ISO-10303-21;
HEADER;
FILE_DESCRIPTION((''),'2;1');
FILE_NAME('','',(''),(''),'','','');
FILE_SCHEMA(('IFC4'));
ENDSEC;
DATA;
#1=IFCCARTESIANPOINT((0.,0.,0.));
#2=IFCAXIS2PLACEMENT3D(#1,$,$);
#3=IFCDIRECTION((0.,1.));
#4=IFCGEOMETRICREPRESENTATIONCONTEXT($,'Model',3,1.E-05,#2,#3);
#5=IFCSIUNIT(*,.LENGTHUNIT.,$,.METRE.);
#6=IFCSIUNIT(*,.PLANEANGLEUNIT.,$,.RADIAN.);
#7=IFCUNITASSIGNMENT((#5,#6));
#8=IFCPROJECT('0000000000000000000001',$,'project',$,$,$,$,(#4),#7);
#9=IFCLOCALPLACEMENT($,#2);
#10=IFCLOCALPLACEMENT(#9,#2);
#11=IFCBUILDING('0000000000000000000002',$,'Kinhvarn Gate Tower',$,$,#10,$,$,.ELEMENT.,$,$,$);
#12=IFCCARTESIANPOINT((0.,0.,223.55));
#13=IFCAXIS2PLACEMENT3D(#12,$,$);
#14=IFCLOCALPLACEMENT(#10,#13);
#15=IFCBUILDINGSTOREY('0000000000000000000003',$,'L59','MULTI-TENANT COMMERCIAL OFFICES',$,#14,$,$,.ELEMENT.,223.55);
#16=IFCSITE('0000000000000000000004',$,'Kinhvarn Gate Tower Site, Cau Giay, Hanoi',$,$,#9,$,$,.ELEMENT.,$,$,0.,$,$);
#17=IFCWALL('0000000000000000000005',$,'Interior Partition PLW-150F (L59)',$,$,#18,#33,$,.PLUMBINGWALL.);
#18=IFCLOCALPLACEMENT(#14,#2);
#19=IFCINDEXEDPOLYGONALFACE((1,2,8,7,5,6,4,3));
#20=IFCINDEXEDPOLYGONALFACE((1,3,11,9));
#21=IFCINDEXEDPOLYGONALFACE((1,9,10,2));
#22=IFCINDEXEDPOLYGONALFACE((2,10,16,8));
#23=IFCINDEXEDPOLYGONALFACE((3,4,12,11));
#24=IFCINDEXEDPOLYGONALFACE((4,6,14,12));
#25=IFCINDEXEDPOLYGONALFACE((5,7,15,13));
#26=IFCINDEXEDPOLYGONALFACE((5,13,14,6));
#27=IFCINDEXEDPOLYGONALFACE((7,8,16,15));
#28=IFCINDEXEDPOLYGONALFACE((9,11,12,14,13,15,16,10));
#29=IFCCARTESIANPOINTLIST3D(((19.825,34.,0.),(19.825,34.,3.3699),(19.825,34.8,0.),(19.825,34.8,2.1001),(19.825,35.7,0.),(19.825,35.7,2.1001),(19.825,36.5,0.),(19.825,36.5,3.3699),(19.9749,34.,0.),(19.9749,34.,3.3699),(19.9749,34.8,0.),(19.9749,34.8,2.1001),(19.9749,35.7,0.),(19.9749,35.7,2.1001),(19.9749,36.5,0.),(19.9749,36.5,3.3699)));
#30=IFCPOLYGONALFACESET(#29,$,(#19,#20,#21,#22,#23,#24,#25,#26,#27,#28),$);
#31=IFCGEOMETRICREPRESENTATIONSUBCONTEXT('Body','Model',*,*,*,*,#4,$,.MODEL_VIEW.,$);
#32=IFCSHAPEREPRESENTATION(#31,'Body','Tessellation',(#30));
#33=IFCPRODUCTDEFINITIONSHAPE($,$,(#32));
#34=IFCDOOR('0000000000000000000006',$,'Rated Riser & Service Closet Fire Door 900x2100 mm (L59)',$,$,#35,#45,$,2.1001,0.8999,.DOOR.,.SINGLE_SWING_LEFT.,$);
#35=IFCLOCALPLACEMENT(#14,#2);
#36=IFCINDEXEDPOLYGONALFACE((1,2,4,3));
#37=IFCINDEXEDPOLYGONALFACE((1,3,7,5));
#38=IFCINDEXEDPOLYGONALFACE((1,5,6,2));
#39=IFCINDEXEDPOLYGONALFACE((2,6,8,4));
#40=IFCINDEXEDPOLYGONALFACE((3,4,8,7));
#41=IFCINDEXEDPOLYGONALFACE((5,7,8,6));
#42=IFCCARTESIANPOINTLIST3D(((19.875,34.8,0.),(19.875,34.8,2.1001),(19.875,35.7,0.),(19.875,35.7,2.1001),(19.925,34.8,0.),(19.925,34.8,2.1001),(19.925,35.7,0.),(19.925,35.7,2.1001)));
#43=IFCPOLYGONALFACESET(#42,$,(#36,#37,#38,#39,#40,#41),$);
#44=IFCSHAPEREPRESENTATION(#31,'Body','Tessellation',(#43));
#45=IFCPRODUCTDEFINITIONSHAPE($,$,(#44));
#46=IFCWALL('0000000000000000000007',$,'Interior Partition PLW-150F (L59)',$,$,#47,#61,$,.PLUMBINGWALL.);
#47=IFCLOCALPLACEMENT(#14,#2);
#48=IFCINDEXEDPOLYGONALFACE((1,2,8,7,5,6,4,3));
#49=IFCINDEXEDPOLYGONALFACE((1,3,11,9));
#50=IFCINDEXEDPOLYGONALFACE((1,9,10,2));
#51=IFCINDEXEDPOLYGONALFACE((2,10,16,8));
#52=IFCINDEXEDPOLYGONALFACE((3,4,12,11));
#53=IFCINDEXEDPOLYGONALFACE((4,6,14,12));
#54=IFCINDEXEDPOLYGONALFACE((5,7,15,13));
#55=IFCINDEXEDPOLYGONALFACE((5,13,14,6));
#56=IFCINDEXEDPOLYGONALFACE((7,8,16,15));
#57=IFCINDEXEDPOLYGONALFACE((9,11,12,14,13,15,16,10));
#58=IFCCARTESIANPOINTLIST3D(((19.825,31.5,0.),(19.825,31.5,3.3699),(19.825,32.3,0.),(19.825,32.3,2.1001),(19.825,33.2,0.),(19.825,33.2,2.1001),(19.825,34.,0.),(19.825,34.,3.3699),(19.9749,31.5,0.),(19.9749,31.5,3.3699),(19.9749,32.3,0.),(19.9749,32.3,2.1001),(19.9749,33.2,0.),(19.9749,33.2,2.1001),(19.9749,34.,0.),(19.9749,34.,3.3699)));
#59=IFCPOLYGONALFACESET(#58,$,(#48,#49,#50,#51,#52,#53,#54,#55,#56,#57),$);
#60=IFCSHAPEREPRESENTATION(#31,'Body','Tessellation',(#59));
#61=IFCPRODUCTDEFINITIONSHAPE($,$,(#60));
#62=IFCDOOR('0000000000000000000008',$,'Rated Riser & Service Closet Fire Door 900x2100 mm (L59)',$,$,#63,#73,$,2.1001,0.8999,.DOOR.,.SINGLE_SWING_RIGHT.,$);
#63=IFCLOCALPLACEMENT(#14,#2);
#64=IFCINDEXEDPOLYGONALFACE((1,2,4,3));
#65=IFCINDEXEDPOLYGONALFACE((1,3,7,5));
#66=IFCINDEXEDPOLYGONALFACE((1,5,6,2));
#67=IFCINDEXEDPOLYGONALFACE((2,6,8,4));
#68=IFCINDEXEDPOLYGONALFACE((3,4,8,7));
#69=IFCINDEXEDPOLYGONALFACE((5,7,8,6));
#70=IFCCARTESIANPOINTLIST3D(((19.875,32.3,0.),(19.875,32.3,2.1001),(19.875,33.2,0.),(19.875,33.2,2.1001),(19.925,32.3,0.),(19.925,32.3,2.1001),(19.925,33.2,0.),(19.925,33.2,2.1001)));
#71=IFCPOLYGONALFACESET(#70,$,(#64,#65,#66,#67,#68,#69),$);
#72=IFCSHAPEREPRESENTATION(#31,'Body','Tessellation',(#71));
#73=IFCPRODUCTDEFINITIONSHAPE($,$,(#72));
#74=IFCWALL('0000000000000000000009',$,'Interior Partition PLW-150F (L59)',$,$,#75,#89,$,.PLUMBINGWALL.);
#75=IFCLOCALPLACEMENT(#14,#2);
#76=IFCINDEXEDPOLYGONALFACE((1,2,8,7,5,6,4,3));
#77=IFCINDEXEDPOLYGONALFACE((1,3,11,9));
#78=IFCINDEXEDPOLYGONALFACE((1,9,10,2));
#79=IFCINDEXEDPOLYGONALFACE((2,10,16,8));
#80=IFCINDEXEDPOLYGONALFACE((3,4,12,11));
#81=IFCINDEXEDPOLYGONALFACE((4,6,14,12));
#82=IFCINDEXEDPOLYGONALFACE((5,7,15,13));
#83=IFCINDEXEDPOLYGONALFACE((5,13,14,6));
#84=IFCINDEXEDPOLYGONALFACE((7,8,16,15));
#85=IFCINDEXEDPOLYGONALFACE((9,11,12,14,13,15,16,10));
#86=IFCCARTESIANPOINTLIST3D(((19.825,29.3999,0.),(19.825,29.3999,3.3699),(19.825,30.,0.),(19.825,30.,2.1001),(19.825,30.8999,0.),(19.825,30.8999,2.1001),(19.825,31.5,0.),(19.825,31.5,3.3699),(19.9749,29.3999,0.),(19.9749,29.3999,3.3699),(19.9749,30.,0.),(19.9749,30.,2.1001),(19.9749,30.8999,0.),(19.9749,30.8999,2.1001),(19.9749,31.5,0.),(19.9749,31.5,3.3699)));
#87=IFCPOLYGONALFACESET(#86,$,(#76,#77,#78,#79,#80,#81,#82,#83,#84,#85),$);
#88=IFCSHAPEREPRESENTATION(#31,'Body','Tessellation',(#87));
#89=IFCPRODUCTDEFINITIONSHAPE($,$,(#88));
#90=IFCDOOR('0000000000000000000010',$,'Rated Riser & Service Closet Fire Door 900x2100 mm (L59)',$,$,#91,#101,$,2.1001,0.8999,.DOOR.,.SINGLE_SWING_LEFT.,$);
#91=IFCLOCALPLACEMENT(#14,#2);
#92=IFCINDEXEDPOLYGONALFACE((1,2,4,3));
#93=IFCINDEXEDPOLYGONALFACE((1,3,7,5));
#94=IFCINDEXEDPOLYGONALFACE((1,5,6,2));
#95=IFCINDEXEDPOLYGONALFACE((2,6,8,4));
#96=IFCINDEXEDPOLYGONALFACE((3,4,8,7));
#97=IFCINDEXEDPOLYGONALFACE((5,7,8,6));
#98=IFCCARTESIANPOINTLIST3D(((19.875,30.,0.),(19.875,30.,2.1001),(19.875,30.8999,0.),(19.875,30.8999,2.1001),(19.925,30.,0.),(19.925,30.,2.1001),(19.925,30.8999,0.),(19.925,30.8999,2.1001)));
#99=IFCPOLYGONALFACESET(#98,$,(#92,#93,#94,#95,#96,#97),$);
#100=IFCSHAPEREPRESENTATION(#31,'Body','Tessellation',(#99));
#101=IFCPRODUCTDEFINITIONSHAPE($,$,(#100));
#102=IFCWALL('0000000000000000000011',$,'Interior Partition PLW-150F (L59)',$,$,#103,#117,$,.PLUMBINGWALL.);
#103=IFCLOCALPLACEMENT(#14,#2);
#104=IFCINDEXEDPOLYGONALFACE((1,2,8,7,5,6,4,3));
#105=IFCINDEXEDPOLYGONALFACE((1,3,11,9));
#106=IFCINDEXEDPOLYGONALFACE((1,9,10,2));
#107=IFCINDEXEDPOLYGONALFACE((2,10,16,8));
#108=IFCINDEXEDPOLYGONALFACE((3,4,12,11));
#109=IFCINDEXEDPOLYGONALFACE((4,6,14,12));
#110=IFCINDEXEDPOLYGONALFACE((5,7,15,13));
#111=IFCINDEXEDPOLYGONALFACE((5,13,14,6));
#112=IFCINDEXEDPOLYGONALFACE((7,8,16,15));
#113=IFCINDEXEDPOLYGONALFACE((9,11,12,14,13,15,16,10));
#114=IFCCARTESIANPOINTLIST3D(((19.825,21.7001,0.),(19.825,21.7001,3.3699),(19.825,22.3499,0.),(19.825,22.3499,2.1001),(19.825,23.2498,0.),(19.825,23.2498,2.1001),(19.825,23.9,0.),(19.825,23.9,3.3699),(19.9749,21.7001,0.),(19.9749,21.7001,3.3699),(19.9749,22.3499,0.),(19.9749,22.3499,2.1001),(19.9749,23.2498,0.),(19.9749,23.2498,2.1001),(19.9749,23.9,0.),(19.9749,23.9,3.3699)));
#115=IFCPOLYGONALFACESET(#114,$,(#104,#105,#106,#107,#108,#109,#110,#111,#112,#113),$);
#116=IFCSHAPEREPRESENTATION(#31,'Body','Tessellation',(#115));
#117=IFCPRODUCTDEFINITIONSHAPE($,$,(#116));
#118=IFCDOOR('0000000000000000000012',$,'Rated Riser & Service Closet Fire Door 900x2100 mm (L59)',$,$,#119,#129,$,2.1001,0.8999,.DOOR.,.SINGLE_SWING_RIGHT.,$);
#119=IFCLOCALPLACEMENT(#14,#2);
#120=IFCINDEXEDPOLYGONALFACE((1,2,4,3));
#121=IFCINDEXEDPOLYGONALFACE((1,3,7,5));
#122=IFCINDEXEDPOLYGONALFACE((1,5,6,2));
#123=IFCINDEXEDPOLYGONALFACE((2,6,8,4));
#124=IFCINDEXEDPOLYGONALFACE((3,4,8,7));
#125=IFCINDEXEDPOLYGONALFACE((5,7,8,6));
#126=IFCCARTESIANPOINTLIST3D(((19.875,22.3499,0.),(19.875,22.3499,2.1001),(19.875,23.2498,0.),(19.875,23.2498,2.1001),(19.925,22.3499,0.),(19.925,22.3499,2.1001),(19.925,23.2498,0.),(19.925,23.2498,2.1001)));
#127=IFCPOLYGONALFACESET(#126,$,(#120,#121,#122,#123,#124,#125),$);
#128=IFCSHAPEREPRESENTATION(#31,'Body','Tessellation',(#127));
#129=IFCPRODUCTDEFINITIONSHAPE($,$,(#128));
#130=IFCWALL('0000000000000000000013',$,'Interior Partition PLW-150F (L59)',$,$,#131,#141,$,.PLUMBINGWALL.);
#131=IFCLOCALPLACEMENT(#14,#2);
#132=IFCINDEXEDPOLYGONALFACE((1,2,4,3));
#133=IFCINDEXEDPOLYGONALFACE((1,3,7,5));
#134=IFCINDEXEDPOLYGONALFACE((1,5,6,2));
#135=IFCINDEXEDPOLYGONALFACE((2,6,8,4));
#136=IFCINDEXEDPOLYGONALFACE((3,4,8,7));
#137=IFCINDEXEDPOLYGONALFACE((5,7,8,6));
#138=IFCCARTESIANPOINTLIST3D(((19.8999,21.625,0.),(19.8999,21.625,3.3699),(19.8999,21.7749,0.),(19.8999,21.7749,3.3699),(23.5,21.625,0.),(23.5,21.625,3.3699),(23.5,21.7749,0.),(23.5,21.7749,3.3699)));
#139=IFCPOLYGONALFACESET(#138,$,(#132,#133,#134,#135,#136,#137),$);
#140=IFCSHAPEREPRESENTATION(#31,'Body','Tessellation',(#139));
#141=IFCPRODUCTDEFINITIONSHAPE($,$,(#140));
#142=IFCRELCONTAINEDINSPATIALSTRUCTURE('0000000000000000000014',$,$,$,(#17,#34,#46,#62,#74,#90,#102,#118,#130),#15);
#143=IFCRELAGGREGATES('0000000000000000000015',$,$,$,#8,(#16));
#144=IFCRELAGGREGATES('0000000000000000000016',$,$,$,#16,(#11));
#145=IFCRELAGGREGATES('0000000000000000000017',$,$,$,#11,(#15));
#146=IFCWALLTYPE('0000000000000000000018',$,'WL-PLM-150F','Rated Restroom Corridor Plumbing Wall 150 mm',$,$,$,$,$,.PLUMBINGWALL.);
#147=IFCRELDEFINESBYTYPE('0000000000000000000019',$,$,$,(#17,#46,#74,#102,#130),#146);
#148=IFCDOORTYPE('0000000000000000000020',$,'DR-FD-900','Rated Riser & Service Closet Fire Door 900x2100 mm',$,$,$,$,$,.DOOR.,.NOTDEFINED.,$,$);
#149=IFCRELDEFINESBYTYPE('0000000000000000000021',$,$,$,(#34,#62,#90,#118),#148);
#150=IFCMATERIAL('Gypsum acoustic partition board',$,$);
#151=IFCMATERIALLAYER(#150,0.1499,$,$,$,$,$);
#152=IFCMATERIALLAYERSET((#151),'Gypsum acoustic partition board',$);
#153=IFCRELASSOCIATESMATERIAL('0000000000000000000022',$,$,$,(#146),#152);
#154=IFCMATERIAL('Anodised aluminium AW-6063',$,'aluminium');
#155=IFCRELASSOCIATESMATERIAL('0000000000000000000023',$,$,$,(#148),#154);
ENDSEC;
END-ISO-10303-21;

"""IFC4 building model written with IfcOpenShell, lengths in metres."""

from ifc_helpers import new_model, si_unit, direction, frame, frame_2d, origin, place, context, subcontext, project, spatial, rectangle, extrude, material, layer, layer_set, type_object, element, fill, save


model = new_model("IFC4")

# Units and contexts
model_context = context("Model", 3, precision=1e-05, world=origin(), true_north=direction((0.0, 1.0)))
body_context = subcontext(model_context, "Body", "Model", "MODEL_VIEW")
ifc_project = project(units=[si_unit("LENGTHUNIT", "METRE"), si_unit("PLANEANGLEUNIT", "RADIAN")], contexts=[model_context])

# Site, building, storey
site_placement = place(None, origin())
site = spatial("IfcSite", under=ifc_project, at=site_placement, Name="Kinhvarn Gate Tower Site, Cau Giay, Hanoi", CompositionType="ELEMENT", RefElevation=0.0)
building_placement = place(site_placement, origin())
building = spatial("IfcBuilding", under=site, at=building_placement, Name="Kinhvarn Gate Tower", CompositionType="ELEMENT")
storey_placement = place(building_placement, frame((0.0, 0.0, 223.55)))
storey = spatial("IfcBuildingStorey", under=building, at=storey_placement, Name="L59", Description="MULTI-TENANT COMMERCIAL OFFICES", CompositionType="ELEMENT", Elevation=223.55)

# Shared definitions
ifc_material_1 = material(Name="Anodised aluminium AW-6063", Category="aluminium")

# Shared definitions
ifc_material_2 = material(Name="Gypsum acoustic partition board")

# Walls, openings, doors
ifc_layer_1 = layer(ifc_material_2, 0.1499)
ifc_layer_set_1 = layer_set([ifc_layer_1], Name="Gypsum acoustic partition board")
wall_type_1 = type_object("IfcWallType", Name="WL-PLM-150F", Description="Rated Restroom Corridor Plumbing Wall 150 mm", PredefinedType="PLUMBINGWALL", material=ifc_layer_set_1)
wall_1_placement = place(storey_placement, frame((19.8999, 34.0, 0.0), z_axis=(0.0, 0.0, 1.0), x_axis=(0.0, 1.0, 0.0)))
wall_1 = element("IfcWall", 1, at=wall_1_placement, inside=storey, type_object=wall_type_1, Name="Interior Partition PLW-150F (L59)", PredefinedType="PLUMBINGWALL", context=body_context, shape_type="SweptSolid", body=[
    extrude(rectangle(XDim=2.5, YDim=0.1499, at=frame_2d((1.25, 0.0))), origin(), (0.0, 0.0, 1.0), 3.3699),
])
opening_1_placement = place(wall_1_placement, frame((0.8, 0.0, 0.0)))
opening_1 = element("IfcOpeningElement", 2, at=opening_1_placement, cuts=wall_1, PredefinedType="OPENING", context=body_context, shape_type="SweptSolid", body=[
    extrude(rectangle(XDim=0.8999, YDim=2.1001, at=frame_2d((0.45, 1.05))), frame((0.0, 0.085, 0.0), z_axis=(0.0, -1.0, 0.0), x_axis=(1.0, 0.0, 0.0)), (0.0, 0.0, 1.0), 0.1699),
])
door_type_1 = type_object("IfcDoorType", Name="DR-FD-900", Description="Rated Riser & Service Closet Fire Door 900x2100 mm", OperationType="NOTDEFINED", PredefinedType="DOOR", material=ifc_material_1)
door_1_placement = place(opening_1_placement, origin())
door_1 = element("IfcDoor", 3, at=door_1_placement, inside=storey, type_object=door_type_1, Name="Rated Riser & Service Closet Fire Door 900x2100 mm (L59)", OperationType="SINGLE_SWING_LEFT", OverallHeight=2.1001, OverallWidth=0.8999, PredefinedType="DOOR", context=body_context, shape_type="SweptSolid", body=[
    extrude(rectangle(XDim=0.8999, YDim=2.1001, at=frame_2d((0.45, 1.05))), frame((0.0, 0.0249, 0.0), z_axis=(0.0, -1.0, 0.0), x_axis=(1.0, 0.0, 0.0)), (0.0, 0.0, 1.0), 0.05),
])
fill(opening_1, door_1)
wall_2_placement = place(storey_placement, frame((19.8999, 31.5, 0.0), z_axis=(0.0, 0.0, 1.0), x_axis=(0.0, 1.0, 0.0)))
wall_2 = element("IfcWall", 4, at=wall_2_placement, inside=storey, type_object=wall_type_1, Name="Interior Partition PLW-150F (L59)", PredefinedType="PLUMBINGWALL", context=body_context, shape_type="SweptSolid", body=[
    extrude(rectangle(XDim=2.5, YDim=0.1499, at=frame_2d((1.25, 0.0))), origin(), (0.0, 0.0, 1.0), 3.3699),
])
opening_2_placement = place(wall_2_placement, frame((0.8, 0.0, 0.0)))
opening_2 = element("IfcOpeningElement", 5, at=opening_2_placement, cuts=wall_2, PredefinedType="OPENING", context=body_context, shape_type="SweptSolid", body=[
    extrude(rectangle(XDim=0.8999, YDim=2.1001, at=frame_2d((0.45, 1.05))), frame((0.0, 0.085, 0.0), z_axis=(0.0, -1.0, 0.0), x_axis=(1.0, 0.0, 0.0)), (0.0, 0.0, 1.0), 0.1699),
])
door_2_placement = place(opening_2_placement, origin())
door_2 = element("IfcDoor", 6, at=door_2_placement, inside=storey, type_object=door_type_1, Name="Rated Riser & Service Closet Fire Door 900x2100 mm (L59)", OperationType="SINGLE_SWING_RIGHT", OverallHeight=2.1001, OverallWidth=0.8999, PredefinedType="DOOR", context=body_context, shape_type="SweptSolid", body=[
    extrude(rectangle(XDim=0.8999, YDim=2.1001, at=frame_2d((0.45, 1.05))), frame((0.0, 0.0249, 0.0), z_axis=(0.0, -1.0, 0.0), x_axis=(1.0, 0.0, 0.0)), (0.0, 0.0, 1.0), 0.05),
])
fill(opening_2, door_2)
wall_3_placement = place(storey_placement, frame((19.8999, 29.3999, 0.0), z_axis=(0.0, 0.0, 1.0), x_axis=(0.0, 1.0, 0.0)))
wall_3 = element("IfcWall", 7, at=wall_3_placement, inside=storey, type_object=wall_type_1, Name="Interior Partition PLW-150F (L59)", PredefinedType="PLUMBINGWALL", context=body_context, shape_type="SweptSolid", body=[
    extrude(rectangle(XDim=2.1001, YDim=0.1499, at=frame_2d((1.05, 0.0))), origin(), (0.0, 0.0, 1.0), 3.3699),
])
opening_3_placement = place(wall_3_placement, frame((0.6001, 0.0, 0.0)))
opening_3 = element("IfcOpeningElement", 8, at=opening_3_placement, cuts=wall_3, PredefinedType="OPENING", context=body_context, shape_type="SweptSolid", body=[
    extrude(rectangle(XDim=0.8999, YDim=2.1001, at=frame_2d((0.45, 1.05))), frame((0.0, 0.085, 0.0), z_axis=(0.0, -1.0, 0.0), x_axis=(1.0, 0.0, 0.0)), (0.0, 0.0, 1.0), 0.1699),
])
door_3_placement = place(opening_3_placement, origin())
door_3 = element("IfcDoor", 9, at=door_3_placement, inside=storey, type_object=door_type_1, Name="Rated Riser & Service Closet Fire Door 900x2100 mm (L59)", OperationType="SINGLE_SWING_LEFT", OverallHeight=2.1001, OverallWidth=0.8999, PredefinedType="DOOR", context=body_context, shape_type="SweptSolid", body=[
    extrude(rectangle(XDim=0.8999, YDim=2.1001, at=frame_2d((0.45, 1.05))), frame((0.0, 0.0249, 0.0), z_axis=(0.0, -1.0, 0.0), x_axis=(1.0, 0.0, 0.0)), (0.0, 0.0, 1.0), 0.05),
])
fill(opening_3, door_3)
wall_4_placement = place(storey_placement, frame((19.8999, 21.7, 0.0), z_axis=(0.0, 0.0, 1.0), x_axis=(0.0, 1.0, 0.0)))
wall_4 = element("IfcWall", 10, at=wall_4_placement, inside=storey, type_object=wall_type_1, Name="Interior Partition PLW-150F (L59)", PredefinedType="PLUMBINGWALL", context=body_context, shape_type="SweptSolid", body=[
    extrude(rectangle(XDim=2.2, YDim=0.1499, at=frame_2d((1.1001, 0.0))), origin(), (0.0, 0.0, 1.0), 3.3699),
])
opening_4_placement = place(wall_4_placement, frame((0.6499, 0.0, 0.0)))
opening_4 = element("IfcOpeningElement", 11, at=opening_4_placement, cuts=wall_4, PredefinedType="OPENING", context=body_context, shape_type="SweptSolid", body=[
    extrude(rectangle(XDim=0.8999, YDim=2.1001, at=frame_2d((0.45, 1.05))), frame((0.0, 0.085, 0.0), z_axis=(0.0, -1.0, 0.0), x_axis=(1.0, 0.0, 0.0)), (0.0, 0.0, 1.0), 0.1699),
])
door_4_placement = place(opening_4_placement, origin())
door_4 = element("IfcDoor", 12, at=door_4_placement, inside=storey, type_object=door_type_1, Name="Rated Riser & Service Closet Fire Door 900x2100 mm (L59)", OperationType="SINGLE_SWING_RIGHT", OverallHeight=2.1001, OverallWidth=0.8999, PredefinedType="DOOR", context=body_context, shape_type="SweptSolid", body=[
    extrude(rectangle(XDim=0.8999, YDim=2.1001, at=frame_2d((0.45, 1.05))), frame((0.0, 0.0249, 0.0), z_axis=(0.0, -1.0, 0.0), x_axis=(1.0, 0.0, 0.0)), (0.0, 0.0, 1.0), 0.05),
])
fill(opening_4, door_4)

# Wall
wall_5_placement = place(storey_placement, frame((19.8999, 21.7, 0.0), z_axis=(0.0, 0.0, 1.0), x_axis=(1.0, 0.0, 0.0)))
element("IfcWall", 13, at=wall_5_placement, inside=storey, type_object=wall_type_1, Name="Interior Partition PLW-150F (L59)", PredefinedType="PLUMBINGWALL", context=body_context, shape_type="SweptSolid", body=[
    extrude(rectangle(XDim=3.6001, YDim=0.1499, at=frame_2d((1.8, 0.0))), origin(), (0.0, 0.0, 1.0), 3.3699),
])

save(model, "model.ifc")
